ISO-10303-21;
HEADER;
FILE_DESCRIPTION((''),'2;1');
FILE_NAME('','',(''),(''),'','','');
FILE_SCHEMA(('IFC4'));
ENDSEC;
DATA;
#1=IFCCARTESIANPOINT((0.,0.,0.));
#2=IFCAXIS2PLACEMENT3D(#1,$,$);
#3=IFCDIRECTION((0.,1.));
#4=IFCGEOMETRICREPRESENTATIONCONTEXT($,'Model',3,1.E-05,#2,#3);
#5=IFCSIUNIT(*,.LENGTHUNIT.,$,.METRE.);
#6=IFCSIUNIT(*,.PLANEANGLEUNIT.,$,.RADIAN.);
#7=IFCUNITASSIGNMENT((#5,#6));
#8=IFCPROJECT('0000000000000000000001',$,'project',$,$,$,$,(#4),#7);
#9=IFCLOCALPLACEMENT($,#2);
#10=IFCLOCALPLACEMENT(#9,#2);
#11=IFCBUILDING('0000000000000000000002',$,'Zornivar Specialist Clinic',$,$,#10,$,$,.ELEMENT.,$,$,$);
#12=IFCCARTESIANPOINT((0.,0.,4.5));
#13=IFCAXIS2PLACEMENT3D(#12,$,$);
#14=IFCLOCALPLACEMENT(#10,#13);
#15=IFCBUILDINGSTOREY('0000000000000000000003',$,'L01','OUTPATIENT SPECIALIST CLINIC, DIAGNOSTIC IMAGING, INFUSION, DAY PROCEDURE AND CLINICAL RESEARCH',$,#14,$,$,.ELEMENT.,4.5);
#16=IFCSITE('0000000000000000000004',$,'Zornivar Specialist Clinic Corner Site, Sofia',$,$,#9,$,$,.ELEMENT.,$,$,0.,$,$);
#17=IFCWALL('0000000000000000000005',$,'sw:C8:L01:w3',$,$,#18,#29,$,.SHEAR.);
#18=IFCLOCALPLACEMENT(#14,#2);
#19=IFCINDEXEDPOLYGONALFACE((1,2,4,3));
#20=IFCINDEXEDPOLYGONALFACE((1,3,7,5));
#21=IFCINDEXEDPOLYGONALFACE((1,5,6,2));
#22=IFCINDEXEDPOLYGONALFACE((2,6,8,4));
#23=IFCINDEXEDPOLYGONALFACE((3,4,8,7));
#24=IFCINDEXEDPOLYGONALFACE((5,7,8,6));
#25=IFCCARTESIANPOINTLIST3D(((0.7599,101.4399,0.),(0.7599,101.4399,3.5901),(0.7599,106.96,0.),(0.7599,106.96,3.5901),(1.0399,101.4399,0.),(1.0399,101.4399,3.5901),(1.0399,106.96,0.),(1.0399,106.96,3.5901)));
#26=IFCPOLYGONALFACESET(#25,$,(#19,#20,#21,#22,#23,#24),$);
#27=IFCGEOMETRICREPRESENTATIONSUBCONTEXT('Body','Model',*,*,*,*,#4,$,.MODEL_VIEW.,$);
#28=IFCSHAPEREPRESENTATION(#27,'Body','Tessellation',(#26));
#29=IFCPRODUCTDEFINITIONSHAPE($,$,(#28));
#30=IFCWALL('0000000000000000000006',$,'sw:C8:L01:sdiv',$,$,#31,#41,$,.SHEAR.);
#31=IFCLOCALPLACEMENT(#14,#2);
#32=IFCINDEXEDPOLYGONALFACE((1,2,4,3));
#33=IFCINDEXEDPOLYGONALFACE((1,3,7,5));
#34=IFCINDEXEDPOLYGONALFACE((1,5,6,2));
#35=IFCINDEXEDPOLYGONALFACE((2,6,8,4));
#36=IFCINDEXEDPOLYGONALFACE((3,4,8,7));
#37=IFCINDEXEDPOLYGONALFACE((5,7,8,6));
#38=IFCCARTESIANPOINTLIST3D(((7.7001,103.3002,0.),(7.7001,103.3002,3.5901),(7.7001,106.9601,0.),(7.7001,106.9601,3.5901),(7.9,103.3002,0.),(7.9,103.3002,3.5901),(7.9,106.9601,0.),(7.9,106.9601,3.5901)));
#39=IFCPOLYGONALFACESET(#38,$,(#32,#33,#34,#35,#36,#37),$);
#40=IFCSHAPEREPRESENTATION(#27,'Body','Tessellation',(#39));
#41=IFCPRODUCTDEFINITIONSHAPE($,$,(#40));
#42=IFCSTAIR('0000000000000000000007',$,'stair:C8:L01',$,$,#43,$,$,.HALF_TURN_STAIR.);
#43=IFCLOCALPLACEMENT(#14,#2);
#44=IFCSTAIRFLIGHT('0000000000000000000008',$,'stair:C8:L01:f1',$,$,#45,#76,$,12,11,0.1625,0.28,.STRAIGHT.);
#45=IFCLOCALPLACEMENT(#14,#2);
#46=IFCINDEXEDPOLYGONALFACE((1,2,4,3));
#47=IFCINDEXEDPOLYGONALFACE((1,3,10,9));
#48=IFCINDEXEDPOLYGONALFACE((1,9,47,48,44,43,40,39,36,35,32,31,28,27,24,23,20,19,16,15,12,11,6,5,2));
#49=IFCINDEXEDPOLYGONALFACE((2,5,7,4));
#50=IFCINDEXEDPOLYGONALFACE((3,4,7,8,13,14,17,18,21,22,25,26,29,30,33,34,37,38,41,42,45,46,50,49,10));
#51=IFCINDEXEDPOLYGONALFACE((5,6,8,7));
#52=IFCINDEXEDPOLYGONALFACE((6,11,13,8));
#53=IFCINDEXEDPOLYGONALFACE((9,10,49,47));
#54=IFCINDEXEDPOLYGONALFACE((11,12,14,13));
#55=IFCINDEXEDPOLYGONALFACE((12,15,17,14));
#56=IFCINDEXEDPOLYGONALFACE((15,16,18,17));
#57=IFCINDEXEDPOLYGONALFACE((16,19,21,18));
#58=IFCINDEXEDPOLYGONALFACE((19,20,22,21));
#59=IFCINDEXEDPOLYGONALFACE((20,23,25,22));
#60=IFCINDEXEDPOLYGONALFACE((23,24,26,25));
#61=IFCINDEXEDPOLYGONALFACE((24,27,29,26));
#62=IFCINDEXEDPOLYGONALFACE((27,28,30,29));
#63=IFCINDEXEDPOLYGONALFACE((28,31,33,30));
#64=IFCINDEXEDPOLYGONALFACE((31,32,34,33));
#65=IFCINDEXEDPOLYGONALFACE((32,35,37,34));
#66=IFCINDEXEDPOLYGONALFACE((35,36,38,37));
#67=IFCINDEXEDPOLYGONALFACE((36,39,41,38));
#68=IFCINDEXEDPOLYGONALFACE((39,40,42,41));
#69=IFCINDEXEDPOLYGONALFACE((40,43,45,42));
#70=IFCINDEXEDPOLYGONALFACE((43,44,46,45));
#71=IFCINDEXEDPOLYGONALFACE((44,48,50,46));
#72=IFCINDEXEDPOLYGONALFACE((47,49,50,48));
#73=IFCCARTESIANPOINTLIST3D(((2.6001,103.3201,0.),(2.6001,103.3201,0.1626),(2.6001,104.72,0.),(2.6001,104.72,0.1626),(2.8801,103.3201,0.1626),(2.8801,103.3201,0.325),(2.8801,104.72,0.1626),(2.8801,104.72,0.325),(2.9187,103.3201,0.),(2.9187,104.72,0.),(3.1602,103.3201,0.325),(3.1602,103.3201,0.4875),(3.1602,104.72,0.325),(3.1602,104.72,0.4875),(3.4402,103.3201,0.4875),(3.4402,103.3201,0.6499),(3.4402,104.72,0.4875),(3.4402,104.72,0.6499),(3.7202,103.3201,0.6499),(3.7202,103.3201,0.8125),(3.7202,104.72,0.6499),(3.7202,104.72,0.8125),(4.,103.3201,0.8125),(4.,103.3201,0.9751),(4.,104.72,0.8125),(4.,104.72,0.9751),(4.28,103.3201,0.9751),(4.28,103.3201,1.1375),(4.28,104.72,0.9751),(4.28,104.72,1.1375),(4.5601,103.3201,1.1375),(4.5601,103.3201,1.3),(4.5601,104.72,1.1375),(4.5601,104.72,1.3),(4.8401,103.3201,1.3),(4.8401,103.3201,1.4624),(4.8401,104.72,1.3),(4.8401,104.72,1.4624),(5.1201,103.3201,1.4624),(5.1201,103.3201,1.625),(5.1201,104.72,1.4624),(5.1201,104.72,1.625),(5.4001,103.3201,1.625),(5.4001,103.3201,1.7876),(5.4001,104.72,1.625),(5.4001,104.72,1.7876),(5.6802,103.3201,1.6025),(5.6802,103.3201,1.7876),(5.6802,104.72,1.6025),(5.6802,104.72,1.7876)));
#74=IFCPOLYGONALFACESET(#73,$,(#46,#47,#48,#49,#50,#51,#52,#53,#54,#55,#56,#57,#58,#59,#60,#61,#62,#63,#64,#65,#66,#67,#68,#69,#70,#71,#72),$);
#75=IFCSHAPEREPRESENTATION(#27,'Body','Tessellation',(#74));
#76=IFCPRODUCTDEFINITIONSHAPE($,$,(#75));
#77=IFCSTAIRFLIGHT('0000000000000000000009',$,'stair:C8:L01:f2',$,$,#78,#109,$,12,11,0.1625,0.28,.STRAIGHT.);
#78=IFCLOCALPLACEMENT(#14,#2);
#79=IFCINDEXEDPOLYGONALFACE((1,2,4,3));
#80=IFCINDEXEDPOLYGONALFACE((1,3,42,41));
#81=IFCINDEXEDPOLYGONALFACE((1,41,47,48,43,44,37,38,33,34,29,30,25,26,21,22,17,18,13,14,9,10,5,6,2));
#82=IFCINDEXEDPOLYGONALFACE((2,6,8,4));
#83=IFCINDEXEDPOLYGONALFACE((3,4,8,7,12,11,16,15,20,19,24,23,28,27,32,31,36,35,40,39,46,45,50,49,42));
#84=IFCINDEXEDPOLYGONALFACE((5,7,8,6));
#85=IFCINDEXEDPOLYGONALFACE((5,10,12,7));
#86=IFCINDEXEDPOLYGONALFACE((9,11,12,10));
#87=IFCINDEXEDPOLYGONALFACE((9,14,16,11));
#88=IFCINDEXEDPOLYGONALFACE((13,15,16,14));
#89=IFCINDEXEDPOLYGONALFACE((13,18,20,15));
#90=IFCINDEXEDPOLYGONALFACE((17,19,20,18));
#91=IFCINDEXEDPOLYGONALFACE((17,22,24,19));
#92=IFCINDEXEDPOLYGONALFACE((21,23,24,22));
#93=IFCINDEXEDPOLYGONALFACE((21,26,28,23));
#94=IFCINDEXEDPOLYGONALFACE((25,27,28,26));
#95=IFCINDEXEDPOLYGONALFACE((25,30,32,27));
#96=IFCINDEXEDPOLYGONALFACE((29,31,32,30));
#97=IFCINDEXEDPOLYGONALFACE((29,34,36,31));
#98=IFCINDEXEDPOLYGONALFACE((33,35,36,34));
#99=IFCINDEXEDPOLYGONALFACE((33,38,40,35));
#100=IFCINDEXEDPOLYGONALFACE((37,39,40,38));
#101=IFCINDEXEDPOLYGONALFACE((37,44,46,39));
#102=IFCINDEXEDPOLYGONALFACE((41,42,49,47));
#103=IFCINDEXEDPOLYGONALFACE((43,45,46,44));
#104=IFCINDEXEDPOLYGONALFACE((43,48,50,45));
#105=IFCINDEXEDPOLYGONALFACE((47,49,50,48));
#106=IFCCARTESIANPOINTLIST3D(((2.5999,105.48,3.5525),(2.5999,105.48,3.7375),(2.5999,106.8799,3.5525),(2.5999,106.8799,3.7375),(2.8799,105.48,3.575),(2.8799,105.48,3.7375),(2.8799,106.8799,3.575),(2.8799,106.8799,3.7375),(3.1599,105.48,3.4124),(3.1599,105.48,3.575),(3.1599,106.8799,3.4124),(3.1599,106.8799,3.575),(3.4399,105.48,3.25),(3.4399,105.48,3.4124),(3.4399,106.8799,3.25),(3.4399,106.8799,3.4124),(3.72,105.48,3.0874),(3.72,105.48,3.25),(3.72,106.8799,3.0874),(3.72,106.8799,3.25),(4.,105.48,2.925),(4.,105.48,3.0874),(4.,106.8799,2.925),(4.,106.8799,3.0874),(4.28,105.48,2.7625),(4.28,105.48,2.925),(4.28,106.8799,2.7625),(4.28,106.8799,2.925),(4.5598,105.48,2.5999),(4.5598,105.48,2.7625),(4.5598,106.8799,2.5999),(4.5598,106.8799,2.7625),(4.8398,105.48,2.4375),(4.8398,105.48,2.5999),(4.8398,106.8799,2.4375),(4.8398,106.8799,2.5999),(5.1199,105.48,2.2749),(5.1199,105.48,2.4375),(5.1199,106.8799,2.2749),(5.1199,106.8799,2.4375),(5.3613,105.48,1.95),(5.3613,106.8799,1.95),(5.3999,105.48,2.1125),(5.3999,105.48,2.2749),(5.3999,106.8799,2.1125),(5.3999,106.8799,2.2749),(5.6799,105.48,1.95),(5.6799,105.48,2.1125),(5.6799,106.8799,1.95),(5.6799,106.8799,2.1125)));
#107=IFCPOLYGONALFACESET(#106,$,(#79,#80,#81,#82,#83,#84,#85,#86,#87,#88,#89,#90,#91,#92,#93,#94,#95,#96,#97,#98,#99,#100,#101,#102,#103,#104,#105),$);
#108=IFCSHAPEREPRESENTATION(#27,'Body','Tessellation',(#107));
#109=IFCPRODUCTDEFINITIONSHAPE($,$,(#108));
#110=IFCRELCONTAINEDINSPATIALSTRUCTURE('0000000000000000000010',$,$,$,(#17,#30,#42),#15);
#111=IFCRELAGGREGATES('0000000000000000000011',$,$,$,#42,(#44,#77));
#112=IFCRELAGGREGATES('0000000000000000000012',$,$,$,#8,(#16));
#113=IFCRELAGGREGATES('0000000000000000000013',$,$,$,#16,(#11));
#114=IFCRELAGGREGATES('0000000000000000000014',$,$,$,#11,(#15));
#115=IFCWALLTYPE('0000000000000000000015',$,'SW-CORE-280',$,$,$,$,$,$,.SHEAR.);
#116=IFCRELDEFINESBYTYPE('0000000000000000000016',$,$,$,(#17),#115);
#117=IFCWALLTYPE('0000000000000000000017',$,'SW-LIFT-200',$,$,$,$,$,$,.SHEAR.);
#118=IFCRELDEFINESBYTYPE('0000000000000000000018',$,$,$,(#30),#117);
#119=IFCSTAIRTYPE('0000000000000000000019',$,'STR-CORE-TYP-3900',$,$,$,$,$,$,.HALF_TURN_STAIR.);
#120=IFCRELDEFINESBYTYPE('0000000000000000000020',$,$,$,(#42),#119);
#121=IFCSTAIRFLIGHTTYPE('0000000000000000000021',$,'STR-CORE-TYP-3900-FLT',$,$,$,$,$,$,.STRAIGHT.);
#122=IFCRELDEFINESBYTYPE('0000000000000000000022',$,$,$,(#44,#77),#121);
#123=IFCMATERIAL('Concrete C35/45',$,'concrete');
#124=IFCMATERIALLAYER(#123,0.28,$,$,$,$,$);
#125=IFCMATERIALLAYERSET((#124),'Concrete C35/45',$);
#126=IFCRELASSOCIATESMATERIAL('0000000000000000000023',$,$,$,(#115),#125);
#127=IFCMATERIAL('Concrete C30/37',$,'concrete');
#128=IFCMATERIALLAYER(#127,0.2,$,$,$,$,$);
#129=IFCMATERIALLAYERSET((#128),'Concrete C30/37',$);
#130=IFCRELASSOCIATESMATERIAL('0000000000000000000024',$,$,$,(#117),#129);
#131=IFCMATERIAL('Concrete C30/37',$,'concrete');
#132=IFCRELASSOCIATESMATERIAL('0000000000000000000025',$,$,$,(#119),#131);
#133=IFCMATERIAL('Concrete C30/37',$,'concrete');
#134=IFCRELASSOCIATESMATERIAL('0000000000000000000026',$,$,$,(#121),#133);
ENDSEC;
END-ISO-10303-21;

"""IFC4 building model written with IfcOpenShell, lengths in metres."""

from ifc_helpers import new_model, si_unit, direction, frame, frame_2d, origin, place, context, subcontext, project, spatial, polyline, rectangle, outline, extrude, material, layer, layer_set, type_object, element, aggregate, save


model = new_model("IFC4")

# Units and contexts
model_context = context("Model", 3, precision=1e-05, world=origin(), true_north=direction((0.0, 1.0)))
body_context = subcontext(model_context, "Body", "Model", "MODEL_VIEW")
ifc_project = project(units=[si_unit("LENGTHUNIT", "METRE"), si_unit("PLANEANGLEUNIT", "RADIAN")], contexts=[model_context])

# Site, building, storey
site_placement = place(None, origin())
site = spatial("IfcSite", under=ifc_project, at=site_placement, Name="Zornivar Specialist Clinic Corner Site, Sofia", CompositionType="ELEMENT", RefElevation=0.0)
building_placement = place(site_placement, origin())
building = spatial("IfcBuilding", under=site, at=building_placement, Name="Zornivar Specialist Clinic", CompositionType="ELEMENT")
storey_placement = place(building_placement, frame((0.0, 0.0, 4.5)))
storey = spatial("IfcBuildingStorey", under=building, at=storey_placement, Name="L01", Description="OUTPATIENT SPECIALIST CLINIC, DIAGNOSTIC IMAGING, INFUSION, DAY PROCEDURE AND CLINICAL RESEARCH", CompositionType="ELEMENT", Elevation=4.5)

# Walls
ifc_material_1 = material(Name="Concrete C35/45", Category="concrete")
ifc_layer_1 = layer(ifc_material_1, 0.28)
ifc_layer_set_1 = layer_set([ifc_layer_1], Name="Concrete C35/45")
wall_type_1 = type_object("IfcWallType", Name="SW-CORE-280", PredefinedType="SHEAR", material=ifc_layer_set_1)
wall_1_placement = place(storey_placement, frame((0.8999, 106.96, 0.0), z_axis=(0.0, 0.0, 1.0), x_axis=(0.0, -1.0, 0.0)))
element("IfcWall", 1, at=wall_1_placement, inside=storey, type_object=wall_type_1, Name="sw:C8:L01:w3", PredefinedType="SHEAR", context=body_context, shape_type="SweptSolid", body=[
    extrude(rectangle(XDim=5.52, YDim=0.28, at=frame_2d((2.76, 0.0))), origin(), (0.0, 0.0, 1.0), 3.5901),
])
ifc_material_2 = material(Name="Concrete C30/37", Category="concrete")
ifc_layer_2 = layer(ifc_material_2, 0.2)
ifc_layer_set_2 = layer_set([ifc_layer_2], Name="Concrete C30/37")
wall_type_2 = type_object("IfcWallType", Name="SW-LIFT-200", PredefinedType="SHEAR", material=ifc_layer_set_2)
wall_2_placement = place(storey_placement, frame((7.8, 103.3, 0.0), z_axis=(0.0, 0.0, 1.0), x_axis=(0.0, 1.0, 0.0)))
element("IfcWall", 2, at=wall_2_placement, inside=storey, type_object=wall_type_2, Name="sw:C8:L01:sdiv", PredefinedType="SHEAR", context=body_context, shape_type="SweptSolid", body=[
    extrude(rectangle(XDim=3.6599, YDim=0.2, at=frame_2d((1.8301, 0.0))), origin(), (0.0, 0.0, 1.0), 3.5901),
])

# Stair, stair flights
ifc_material_3 = material(Name="Concrete C30/37", Category="concrete")
stair_type = type_object("IfcStairType", Name="STR-CORE-TYP-3900", PredefinedType="HALF_TURN_STAIR", material=ifc_material_3)
stair_placement = place(storey_placement, origin())
stair = element("IfcStair", 3, at=stair_placement, inside=storey, type_object=stair_type, Name="stair:C8:L01", PredefinedType="HALF_TURN_STAIR")
ifc_material_4 = material(Name="Concrete C30/37", Category="concrete")
stair_flight_type = type_object("IfcStairFlightType", Name="STR-CORE-TYP-3900-FLT", PredefinedType="STRAIGHT", material=ifc_material_4)
stair_flight_1_placement = place(storey_placement, frame((2.6001, 104.02, 0.0), z_axis=(0.0, 0.0, 1.0), x_axis=(1.0, 0.0, 0.0)))
stair_flight_1 = element("IfcStairFlight", 4, at=stair_flight_1_placement, type_object=stair_flight_type, Name="stair:C8:L01:f1", NumberOfRisers=12, NumberOfTreads=11, PredefinedType="STRAIGHT", RiserHeight=0.1625, TreadLength=0.28, context=body_context, shape_type="SweptSolid", body=[
    extrude(outline(polyline([(0.0, 0.0), (0.0, 0.1626), (0.28, 0.1626), (0.28, 0.325), (0.5601, 0.325), (0.5601, 0.4875), (0.8401, 0.4875), (0.8401, 0.6499), (1.1201, 0.6499), (1.1201, 0.8125), (1.3999, 0.8125), (1.3999, 0.9751), (1.6799, 0.9751), (1.6799, 1.1375), (1.96, 1.1375), (1.96, 1.3), (2.24, 1.3), (2.24, 1.4624), (2.52, 1.4624), (2.52, 1.625), (2.8, 1.625), (2.8, 1.7876), (3.0801, 1.7876), (3.0801, 1.95), (3.0801, 1.6025), (0.3186, 0.0), (0.0, 0.0)])), frame((0.0, 0.7, 0.0), z_axis=(0.0, -1.0, 0.0), x_axis=(1.0, 0.0, 0.0)), (0.0, 0.0, 1.0), 1.3999),
])
stair_flight_2_placement = place(storey_placement, frame((5.6799, 106.1799, 1.95), z_axis=(0.0, 0.0, 1.0), x_axis=(-1.0, 0.0, 0.0)))
stair_flight_2 = element("IfcStairFlight", 5, at=stair_flight_2_placement, type_object=stair_flight_type, Name="stair:C8:L01:f2", NumberOfRisers=12, NumberOfTreads=11, PredefinedType="STRAIGHT", RiserHeight=0.1625, TreadLength=0.28, context=body_context, shape_type="SweptSolid", body=[
    extrude(outline(polyline([(0.0, 0.0), (0.0, 0.1626), (0.28, 0.1626), (0.28, 0.325), (0.5601, 0.325), (0.5601, 0.4875), (0.8401, 0.4875), (0.8401, 0.6499), (1.1201, 0.6499), (1.1201, 0.8125), (1.3999, 0.8125), (1.3999, 0.9751), (1.6799, 0.9751), (1.6799, 1.1375), (1.96, 1.1375), (1.96, 1.3), (2.24, 1.3), (2.24, 1.4624), (2.52, 1.4624), (2.52, 1.625), (2.8, 1.625), (2.8, 1.7876), (3.0801, 1.7876), (3.0801, 1.95), (3.0801, 1.6025), (0.3186, 0.0), (0.0, 0.0)])), frame((0.0, 0.7, 0.0), z_axis=(0.0, -1.0, 0.0), x_axis=(1.0, 0.0, 0.0)), (0.0, 0.0, 1.0), 1.3999),
])
aggregate(stair, [stair_flight_1, stair_flight_2])

save(model, "model.ifc")
